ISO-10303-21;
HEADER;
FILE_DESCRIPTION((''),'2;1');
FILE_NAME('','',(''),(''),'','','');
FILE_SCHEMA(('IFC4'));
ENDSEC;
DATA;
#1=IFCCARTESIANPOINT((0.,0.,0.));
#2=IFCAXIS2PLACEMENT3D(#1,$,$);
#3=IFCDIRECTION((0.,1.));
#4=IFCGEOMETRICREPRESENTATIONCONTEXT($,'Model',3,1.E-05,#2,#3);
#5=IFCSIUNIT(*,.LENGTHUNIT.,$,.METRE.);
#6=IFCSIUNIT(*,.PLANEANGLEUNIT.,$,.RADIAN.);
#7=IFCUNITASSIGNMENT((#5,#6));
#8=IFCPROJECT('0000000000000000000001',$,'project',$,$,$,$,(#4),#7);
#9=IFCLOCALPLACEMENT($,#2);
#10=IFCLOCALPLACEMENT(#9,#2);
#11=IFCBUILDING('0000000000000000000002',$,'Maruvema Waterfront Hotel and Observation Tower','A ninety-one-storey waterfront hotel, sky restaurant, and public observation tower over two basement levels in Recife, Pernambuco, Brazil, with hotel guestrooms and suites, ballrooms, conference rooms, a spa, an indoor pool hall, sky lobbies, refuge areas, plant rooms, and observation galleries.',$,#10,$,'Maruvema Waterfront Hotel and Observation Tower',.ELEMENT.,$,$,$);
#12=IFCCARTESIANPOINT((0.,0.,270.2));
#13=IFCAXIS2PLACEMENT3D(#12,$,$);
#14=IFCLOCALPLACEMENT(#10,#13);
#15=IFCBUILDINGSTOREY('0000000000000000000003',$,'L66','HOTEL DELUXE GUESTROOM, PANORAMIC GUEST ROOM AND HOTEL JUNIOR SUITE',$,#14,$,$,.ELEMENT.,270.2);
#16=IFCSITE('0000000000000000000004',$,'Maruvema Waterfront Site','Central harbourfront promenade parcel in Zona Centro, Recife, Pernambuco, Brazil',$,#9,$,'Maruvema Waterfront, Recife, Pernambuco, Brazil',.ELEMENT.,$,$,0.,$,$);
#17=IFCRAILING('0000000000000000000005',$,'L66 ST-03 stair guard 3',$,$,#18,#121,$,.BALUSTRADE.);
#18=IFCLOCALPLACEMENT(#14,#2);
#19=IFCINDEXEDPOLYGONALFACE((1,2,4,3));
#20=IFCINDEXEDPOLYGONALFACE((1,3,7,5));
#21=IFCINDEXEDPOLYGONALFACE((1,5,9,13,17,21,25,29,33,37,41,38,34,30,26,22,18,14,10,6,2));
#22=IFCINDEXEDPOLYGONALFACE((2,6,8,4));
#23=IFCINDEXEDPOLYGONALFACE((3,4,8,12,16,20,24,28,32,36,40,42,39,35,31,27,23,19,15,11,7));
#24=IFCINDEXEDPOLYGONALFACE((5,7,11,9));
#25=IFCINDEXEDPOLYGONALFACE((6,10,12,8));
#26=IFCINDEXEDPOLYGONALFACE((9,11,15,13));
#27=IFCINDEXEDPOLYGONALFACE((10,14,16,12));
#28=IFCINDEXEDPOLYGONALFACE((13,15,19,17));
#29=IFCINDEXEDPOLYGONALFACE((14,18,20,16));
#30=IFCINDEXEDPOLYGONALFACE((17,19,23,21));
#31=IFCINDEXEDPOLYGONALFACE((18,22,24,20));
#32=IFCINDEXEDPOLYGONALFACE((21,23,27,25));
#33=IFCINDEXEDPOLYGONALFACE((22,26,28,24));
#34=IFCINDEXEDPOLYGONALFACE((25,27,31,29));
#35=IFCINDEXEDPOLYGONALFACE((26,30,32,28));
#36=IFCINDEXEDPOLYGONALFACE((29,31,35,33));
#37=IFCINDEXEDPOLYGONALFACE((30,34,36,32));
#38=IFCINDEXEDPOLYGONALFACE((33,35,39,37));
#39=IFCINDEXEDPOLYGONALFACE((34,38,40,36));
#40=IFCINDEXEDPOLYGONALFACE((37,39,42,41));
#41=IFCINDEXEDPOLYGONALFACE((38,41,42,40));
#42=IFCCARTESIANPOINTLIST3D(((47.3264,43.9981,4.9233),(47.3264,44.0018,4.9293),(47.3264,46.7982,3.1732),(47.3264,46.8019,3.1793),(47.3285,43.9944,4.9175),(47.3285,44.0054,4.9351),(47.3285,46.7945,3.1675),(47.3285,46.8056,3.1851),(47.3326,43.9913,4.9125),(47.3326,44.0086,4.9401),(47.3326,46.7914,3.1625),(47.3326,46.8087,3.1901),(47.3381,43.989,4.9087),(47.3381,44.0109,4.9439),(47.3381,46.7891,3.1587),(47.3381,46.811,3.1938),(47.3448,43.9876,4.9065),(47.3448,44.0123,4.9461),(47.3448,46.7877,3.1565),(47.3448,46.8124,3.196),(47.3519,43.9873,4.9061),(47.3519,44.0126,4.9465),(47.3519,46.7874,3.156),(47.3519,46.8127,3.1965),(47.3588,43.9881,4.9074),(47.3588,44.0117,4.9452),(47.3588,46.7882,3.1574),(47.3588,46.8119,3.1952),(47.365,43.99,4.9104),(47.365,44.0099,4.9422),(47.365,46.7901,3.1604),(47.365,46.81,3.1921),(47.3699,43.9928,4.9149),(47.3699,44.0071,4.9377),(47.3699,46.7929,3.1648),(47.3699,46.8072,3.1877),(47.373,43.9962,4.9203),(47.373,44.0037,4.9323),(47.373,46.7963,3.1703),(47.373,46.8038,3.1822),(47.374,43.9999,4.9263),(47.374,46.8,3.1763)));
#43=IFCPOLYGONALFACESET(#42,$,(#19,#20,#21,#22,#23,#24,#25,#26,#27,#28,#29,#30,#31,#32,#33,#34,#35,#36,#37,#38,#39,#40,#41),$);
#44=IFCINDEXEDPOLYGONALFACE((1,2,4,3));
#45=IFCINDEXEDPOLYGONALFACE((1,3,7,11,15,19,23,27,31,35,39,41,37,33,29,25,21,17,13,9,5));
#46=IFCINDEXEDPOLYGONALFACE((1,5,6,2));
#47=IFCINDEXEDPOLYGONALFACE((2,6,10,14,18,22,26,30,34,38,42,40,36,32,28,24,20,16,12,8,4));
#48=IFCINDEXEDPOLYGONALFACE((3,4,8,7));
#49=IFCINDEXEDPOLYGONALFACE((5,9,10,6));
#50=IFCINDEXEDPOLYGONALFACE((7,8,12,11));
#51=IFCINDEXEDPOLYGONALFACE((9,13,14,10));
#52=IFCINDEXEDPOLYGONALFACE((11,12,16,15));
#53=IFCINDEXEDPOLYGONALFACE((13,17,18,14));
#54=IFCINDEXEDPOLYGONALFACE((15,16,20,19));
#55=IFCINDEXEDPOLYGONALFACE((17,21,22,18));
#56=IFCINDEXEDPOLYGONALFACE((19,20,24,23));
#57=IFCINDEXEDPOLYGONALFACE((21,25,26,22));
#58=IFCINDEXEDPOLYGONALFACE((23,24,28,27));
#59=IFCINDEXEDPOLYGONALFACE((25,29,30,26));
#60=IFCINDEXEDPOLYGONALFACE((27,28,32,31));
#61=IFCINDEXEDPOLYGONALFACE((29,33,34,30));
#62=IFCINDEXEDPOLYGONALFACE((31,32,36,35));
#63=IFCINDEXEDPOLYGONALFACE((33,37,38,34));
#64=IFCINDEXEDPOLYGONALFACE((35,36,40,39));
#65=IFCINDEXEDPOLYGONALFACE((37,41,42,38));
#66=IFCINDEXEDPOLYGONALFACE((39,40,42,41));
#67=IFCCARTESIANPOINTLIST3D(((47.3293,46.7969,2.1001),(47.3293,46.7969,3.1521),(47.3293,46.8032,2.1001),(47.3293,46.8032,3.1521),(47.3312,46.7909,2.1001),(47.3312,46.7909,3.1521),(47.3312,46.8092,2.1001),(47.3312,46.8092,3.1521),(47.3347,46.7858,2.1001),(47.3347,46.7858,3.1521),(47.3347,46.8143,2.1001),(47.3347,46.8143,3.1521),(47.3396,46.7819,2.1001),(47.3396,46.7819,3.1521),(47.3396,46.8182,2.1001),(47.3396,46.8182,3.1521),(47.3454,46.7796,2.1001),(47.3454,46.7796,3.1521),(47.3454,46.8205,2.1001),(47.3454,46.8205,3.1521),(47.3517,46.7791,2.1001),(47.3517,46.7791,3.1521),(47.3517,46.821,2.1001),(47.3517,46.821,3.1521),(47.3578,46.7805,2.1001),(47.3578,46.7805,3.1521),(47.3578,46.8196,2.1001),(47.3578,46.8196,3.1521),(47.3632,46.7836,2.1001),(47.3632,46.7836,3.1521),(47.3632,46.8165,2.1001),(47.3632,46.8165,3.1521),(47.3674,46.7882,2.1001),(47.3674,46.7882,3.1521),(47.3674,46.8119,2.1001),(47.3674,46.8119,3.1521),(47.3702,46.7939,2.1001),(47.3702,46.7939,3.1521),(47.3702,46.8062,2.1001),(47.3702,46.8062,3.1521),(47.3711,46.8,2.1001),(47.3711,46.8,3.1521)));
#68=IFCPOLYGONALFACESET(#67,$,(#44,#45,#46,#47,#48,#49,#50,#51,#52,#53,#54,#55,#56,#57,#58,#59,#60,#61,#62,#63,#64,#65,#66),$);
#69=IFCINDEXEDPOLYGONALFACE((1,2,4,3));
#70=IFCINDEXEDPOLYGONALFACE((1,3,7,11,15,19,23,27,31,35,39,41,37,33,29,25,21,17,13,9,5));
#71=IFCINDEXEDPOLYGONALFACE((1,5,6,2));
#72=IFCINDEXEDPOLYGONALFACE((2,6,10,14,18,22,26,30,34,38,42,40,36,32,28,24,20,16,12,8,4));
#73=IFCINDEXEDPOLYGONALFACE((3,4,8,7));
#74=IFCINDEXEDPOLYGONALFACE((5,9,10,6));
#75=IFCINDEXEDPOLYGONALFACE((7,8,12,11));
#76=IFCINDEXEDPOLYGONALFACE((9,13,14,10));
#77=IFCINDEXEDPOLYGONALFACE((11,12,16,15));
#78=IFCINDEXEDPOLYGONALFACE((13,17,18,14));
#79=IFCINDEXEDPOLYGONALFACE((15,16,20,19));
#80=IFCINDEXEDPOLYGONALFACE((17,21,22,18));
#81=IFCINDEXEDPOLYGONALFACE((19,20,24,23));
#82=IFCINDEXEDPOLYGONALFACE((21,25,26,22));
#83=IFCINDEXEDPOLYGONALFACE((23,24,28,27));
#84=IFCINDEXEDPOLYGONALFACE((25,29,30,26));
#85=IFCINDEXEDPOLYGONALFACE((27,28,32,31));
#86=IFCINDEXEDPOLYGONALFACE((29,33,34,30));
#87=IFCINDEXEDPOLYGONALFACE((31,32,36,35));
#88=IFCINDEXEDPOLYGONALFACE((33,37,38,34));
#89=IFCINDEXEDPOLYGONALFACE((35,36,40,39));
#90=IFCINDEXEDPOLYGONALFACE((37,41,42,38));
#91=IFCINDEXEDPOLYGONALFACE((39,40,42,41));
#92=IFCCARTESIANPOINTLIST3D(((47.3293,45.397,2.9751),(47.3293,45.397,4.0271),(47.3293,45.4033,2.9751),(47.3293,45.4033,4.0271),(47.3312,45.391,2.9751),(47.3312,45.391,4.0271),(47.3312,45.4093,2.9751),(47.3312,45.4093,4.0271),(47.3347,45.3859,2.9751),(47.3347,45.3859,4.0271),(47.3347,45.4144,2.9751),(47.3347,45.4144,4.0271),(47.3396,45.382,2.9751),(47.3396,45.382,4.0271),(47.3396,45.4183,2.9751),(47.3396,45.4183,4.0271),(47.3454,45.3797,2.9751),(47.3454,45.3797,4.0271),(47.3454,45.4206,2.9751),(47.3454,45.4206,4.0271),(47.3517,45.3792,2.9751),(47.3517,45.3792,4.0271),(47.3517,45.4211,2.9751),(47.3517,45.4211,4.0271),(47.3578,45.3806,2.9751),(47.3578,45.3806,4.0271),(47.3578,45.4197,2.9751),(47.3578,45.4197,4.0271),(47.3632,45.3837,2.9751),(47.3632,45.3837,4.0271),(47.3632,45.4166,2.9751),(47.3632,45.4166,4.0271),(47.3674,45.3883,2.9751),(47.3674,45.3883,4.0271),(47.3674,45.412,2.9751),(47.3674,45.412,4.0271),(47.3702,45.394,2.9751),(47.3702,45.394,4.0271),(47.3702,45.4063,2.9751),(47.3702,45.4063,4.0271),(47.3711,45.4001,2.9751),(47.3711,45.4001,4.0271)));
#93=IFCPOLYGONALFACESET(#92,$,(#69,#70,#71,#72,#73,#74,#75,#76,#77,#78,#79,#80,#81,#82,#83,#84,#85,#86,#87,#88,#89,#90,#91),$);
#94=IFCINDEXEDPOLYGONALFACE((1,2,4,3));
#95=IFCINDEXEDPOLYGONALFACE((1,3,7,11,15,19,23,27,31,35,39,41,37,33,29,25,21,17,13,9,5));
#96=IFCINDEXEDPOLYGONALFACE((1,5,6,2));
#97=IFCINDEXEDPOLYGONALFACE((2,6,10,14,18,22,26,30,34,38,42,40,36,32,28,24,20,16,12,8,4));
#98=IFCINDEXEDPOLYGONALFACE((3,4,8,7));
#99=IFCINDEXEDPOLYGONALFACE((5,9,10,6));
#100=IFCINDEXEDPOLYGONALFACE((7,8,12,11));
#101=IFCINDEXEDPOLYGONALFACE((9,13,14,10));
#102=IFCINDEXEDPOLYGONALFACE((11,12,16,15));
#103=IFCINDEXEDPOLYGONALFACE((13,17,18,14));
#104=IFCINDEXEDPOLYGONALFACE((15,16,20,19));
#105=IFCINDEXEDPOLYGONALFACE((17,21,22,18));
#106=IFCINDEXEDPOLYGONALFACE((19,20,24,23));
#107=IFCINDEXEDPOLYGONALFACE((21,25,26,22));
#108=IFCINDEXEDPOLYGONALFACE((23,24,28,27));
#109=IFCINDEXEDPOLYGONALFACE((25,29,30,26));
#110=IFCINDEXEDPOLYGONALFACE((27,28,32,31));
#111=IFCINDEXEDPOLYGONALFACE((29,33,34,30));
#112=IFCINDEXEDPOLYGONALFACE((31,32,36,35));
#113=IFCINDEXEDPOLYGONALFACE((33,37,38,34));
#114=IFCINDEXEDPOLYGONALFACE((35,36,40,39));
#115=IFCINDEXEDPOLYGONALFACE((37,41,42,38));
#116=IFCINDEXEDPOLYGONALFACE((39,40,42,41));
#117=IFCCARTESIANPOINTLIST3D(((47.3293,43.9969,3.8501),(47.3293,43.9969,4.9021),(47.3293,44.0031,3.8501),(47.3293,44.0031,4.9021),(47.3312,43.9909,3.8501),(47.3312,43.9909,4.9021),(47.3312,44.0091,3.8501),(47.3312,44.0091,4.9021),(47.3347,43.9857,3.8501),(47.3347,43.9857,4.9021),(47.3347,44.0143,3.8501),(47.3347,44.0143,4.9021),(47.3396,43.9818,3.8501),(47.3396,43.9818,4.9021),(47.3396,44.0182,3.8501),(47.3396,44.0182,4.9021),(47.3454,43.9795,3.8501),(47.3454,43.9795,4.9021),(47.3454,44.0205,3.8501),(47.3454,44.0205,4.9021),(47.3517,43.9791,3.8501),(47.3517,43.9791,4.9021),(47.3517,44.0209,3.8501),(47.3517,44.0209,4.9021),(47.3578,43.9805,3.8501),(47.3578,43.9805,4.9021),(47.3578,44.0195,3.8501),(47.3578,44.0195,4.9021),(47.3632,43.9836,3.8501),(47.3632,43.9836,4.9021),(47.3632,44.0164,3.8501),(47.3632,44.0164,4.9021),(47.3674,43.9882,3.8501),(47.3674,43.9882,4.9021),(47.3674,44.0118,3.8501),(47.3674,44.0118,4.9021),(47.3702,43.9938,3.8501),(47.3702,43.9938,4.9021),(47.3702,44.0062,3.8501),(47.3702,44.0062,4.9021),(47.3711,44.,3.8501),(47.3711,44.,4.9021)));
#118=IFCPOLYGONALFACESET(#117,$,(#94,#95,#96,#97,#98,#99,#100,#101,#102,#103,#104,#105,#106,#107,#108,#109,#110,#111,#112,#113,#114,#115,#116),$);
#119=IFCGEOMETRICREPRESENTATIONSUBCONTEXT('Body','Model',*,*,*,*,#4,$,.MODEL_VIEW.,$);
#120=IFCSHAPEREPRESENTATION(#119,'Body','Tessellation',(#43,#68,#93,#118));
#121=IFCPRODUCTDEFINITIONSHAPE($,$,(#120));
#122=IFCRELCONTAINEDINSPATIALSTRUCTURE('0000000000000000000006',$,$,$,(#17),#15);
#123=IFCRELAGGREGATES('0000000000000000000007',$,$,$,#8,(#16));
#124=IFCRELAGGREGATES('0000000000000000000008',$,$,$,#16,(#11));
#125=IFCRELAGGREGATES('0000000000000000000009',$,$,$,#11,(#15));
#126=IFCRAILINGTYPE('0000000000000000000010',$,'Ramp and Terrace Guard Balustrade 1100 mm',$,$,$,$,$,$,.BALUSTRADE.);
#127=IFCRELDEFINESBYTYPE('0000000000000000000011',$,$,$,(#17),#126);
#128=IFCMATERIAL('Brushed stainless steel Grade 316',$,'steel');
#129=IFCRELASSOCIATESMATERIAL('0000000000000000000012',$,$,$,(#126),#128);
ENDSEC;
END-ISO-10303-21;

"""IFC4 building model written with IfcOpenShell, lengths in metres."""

from ifc_helpers import new_model, si_unit, direction, frame, origin, origin_2d, place, context, subcontext, project, spatial, circle, extrude, material, type_object, element, save


model = new_model("IFC4")

# Units and contexts
model_context = context("Model", 3, precision=1e-05, world=origin(), true_north=direction((0.0, 1.0)))
body_context = subcontext(model_context, "Body", "Model", "MODEL_VIEW")
ifc_project = project(units=[si_unit("LENGTHUNIT", "METRE"), si_unit("PLANEANGLEUNIT", "RADIAN")], contexts=[model_context])

# Site, building, storey
site_placement = place(None, origin())
site = spatial("IfcSite", under=ifc_project, at=site_placement, Name="Maruvema Waterfront Site", Description="Central harbourfront promenade parcel in Zona Centro, Recife, Pernambuco, Brazil", LongName="Maruvema Waterfront, Recife, Pernambuco, Brazil", CompositionType="ELEMENT", RefElevation=0.0)
building_placement = place(site_placement, origin())
building = spatial("IfcBuilding", under=site, at=building_placement, Name="Maruvema Waterfront Hotel and Observation Tower", Description="A ninety-one-storey waterfront hotel, sky restaurant, and public observation tower over two basement levels in Recife, Pernambuco, Brazil, with hotel guestrooms and suites, ballrooms, conference rooms, a spa, an indoor pool hall, sky lobbies, refuge areas, plant rooms, and observation galleries.", LongName="Maruvema Waterfront Hotel and Observation Tower", CompositionType="ELEMENT")
storey_placement = place(building_placement, frame((0.0, 0.0, 270.2)))
storey = spatial("IfcBuildingStorey", under=building, at=storey_placement, Name="L66", Description="HOTEL DELUXE GUESTROOM, PANORAMIC GUEST ROOM AND HOTEL JUNIOR SUITE", CompositionType="ELEMENT", Elevation=270.2)

# Railing
ifc_material_1 = material(Name="Brushed stainless steel Grade 316", Category="steel")
railing_type_1 = type_object("IfcRailingType", Name="Ramp and Terrace Guard Balustrade 1100 mm", PredefinedType="BALUSTRADE", material=ifc_material_1)
railing_1_placement = place(storey_placement, frame((47.3501, 46.8, 2.1001)))
element("IfcRailing", 1, at=railing_1_placement, inside=storey, type_object=railing_type_1, Name="L66 ST-03 stair guard 3", PredefinedType="BALUSTRADE", context=body_context, shape_type="SweptSolid", body=[
    extrude(circle(Radius=0.0239, at=origin_2d()), frame((0.0, 0.0, 1.0762), z_axis=(0.0, -0.848002, 0.529992), x_axis=(1.0, 0.0, 0.0)), (0.0, 0.0, 1.0), 3.302),
    extrude(circle(Radius=0.021, at=origin_2d()), origin(), (0.0, 0.0, 1.0), 1.052),
    extrude(circle(Radius=0.021, at=origin_2d()), frame((0.0, -1.3999, 0.875)), (0.0, 0.0, 1.0), 1.052),
    extrude(circle(Radius=0.021, at=origin_2d()), frame((0.0, -2.8, 1.75)), (0.0, 0.0, 1.0), 1.052),
])

save(model, "model.ifc")
